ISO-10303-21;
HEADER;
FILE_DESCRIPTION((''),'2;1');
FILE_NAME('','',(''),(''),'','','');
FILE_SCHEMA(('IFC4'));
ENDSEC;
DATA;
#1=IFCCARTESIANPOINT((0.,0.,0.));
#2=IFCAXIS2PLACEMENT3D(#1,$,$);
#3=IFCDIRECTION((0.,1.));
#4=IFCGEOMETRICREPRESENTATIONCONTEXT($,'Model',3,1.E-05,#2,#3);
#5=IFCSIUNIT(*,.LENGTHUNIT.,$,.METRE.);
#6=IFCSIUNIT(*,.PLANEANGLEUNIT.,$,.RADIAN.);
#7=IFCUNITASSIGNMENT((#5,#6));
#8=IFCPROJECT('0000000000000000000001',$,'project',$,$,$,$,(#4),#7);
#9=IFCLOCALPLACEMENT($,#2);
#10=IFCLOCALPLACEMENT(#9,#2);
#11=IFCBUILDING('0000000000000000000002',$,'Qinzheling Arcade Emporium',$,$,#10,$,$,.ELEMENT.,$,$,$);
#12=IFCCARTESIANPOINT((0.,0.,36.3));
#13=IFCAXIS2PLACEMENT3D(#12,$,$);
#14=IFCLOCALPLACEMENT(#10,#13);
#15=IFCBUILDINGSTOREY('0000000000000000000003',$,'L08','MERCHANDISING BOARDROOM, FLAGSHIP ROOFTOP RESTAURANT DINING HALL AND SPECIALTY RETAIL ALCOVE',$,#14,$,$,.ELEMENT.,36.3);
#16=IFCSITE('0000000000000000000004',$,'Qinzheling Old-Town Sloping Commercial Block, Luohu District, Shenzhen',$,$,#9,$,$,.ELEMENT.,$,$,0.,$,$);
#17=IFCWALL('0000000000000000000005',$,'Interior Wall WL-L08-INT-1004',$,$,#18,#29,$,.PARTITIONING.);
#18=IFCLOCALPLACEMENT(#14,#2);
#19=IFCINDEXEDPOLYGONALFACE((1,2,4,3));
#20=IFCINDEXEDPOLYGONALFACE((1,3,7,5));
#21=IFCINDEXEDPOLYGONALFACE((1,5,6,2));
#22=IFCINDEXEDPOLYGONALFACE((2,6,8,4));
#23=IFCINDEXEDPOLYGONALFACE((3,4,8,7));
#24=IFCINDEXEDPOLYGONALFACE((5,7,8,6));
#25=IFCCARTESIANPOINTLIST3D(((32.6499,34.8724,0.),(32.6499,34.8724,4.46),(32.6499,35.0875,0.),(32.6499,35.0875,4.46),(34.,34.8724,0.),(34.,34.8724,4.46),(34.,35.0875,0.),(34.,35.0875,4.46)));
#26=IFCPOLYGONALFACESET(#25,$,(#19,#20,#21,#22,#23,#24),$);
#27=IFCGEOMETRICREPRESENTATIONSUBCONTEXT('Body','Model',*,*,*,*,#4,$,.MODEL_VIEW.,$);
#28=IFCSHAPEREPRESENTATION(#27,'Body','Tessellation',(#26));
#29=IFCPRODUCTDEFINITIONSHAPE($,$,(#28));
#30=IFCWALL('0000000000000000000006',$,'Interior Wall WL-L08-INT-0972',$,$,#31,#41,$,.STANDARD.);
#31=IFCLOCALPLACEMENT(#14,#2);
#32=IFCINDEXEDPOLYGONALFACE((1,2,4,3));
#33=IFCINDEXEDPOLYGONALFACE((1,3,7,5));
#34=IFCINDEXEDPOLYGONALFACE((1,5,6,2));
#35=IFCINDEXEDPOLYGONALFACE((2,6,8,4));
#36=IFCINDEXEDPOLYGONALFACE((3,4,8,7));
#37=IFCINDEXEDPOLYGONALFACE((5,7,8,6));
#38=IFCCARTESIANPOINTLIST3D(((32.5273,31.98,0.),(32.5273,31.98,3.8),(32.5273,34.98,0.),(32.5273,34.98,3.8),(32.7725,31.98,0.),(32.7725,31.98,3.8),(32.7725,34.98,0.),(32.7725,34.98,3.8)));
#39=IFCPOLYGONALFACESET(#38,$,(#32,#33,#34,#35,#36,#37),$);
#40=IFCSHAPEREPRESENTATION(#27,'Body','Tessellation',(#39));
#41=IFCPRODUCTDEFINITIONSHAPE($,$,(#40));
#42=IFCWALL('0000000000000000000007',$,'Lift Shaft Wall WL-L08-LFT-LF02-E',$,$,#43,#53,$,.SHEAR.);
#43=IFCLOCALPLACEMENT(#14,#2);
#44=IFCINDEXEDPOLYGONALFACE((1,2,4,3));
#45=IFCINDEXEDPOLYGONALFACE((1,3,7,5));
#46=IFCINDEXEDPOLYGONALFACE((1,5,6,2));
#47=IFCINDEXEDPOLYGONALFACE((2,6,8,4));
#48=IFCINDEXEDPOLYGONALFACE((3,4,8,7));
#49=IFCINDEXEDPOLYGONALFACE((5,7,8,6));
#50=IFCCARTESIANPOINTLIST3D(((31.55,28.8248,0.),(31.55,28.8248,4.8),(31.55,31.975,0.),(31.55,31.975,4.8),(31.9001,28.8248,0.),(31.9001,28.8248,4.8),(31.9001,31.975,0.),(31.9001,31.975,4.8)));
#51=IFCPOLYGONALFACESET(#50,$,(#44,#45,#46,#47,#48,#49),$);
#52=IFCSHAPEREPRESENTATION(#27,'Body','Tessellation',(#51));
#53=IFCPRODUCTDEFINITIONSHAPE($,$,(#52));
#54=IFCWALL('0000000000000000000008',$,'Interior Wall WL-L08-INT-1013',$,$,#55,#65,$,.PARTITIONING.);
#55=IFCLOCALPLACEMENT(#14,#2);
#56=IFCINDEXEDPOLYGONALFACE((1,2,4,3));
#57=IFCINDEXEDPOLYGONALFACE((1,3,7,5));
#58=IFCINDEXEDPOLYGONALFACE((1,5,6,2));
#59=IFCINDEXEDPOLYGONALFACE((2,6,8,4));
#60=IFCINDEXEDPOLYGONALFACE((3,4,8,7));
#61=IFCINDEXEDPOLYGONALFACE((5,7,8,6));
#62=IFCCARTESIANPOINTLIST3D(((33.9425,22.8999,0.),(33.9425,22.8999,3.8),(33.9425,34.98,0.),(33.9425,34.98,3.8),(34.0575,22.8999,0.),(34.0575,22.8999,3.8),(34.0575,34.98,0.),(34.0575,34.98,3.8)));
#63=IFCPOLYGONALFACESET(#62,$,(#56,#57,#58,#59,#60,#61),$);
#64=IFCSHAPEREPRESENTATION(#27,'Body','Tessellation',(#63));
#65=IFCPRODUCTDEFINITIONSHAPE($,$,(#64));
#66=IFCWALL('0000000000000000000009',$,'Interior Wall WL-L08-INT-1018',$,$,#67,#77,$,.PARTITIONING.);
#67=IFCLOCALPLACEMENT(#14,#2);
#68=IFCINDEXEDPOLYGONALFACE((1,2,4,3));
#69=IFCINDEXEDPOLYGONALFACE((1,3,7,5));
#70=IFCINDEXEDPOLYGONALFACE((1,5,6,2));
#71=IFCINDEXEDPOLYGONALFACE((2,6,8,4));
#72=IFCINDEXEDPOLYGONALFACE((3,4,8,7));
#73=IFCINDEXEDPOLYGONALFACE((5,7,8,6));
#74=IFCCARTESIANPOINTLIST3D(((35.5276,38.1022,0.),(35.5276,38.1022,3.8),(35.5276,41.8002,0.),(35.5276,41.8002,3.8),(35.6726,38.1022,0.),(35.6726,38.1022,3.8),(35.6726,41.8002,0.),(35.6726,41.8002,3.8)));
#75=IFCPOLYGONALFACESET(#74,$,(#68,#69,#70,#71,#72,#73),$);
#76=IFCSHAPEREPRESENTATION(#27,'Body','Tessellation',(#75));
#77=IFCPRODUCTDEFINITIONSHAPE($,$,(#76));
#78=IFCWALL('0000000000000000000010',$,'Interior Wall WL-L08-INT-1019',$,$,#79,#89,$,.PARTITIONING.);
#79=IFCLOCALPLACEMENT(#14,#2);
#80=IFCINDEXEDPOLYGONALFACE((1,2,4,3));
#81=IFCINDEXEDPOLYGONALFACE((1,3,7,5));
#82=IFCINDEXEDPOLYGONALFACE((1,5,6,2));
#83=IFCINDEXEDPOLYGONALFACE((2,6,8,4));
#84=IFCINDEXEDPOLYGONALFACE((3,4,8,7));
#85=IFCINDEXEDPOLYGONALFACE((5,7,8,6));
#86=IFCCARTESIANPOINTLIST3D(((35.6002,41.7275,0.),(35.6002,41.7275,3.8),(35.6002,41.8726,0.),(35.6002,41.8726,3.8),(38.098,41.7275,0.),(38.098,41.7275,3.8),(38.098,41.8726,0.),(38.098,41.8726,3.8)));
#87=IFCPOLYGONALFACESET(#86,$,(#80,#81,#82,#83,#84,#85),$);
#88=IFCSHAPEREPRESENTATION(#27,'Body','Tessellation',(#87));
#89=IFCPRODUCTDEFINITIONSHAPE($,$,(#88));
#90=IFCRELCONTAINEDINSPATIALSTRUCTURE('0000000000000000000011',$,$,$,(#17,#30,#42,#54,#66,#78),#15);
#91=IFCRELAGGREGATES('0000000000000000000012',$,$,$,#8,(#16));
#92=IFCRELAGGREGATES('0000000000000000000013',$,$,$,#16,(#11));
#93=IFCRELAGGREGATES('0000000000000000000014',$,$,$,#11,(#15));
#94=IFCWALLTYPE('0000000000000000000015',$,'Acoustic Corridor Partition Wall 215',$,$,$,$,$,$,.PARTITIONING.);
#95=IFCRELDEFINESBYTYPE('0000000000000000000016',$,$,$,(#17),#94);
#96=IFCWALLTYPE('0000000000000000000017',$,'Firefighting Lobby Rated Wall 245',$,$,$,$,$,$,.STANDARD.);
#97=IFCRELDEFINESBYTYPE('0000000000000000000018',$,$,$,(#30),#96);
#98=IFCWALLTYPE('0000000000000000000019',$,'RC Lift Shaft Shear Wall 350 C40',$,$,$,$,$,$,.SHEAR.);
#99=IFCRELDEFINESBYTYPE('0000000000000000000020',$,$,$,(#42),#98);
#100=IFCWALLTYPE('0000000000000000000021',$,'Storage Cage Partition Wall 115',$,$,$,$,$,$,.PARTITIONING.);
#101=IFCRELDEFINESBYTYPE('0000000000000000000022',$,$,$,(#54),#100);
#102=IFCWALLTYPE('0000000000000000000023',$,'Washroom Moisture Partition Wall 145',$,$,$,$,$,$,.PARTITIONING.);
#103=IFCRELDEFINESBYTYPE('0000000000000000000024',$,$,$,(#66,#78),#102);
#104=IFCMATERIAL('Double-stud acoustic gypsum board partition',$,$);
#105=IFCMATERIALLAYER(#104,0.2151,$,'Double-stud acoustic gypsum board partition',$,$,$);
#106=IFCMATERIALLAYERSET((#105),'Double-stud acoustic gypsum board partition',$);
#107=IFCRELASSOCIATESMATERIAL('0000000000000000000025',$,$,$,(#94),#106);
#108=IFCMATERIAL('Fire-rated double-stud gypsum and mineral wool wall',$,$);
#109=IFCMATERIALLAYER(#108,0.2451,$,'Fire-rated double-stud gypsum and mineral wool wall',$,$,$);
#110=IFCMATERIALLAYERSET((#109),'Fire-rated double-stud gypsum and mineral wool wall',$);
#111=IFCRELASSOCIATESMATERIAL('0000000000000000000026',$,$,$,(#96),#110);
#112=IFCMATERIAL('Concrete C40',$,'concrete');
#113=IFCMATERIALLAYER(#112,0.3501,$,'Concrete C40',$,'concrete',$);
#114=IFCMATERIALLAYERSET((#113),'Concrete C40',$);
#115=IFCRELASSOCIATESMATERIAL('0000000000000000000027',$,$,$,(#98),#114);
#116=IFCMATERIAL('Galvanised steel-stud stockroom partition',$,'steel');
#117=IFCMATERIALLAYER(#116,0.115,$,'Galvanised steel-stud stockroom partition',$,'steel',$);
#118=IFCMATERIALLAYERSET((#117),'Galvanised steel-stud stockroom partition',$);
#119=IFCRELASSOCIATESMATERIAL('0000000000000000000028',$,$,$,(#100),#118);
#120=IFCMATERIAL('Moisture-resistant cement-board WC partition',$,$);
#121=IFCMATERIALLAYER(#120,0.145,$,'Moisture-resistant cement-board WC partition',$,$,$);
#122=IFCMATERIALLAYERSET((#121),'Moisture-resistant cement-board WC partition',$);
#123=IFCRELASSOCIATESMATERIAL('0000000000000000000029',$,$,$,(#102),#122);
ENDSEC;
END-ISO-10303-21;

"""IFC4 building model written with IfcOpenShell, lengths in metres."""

from ifc_helpers import new_model, si_unit, direction, frame, frame_2d, origin, place, context, subcontext, project, spatial, rectangle, extrude, material, layer, layer_set, type_object, element, save


model = new_model("IFC4")

# Units and contexts
model_context = context("Model", 3, precision=1e-05, world=origin(), true_north=direction((0.0, 1.0)))
body_context = subcontext(model_context, "Body", "Model", "MODEL_VIEW")
ifc_project = project(units=[si_unit("LENGTHUNIT", "METRE"), si_unit("PLANEANGLEUNIT", "RADIAN")], contexts=[model_context])

# Site, building, storey
site_placement = place(None, origin())
site = spatial("IfcSite", under=ifc_project, at=site_placement, Name="Qinzheling Old-Town Sloping Commercial Block, Luohu District, Shenzhen", CompositionType="ELEMENT", RefElevation=0.0)
building_placement = place(site_placement, origin())
building = spatial("IfcBuilding", under=site, at=building_placement, Name="Qinzheling Arcade Emporium", CompositionType="ELEMENT")
storey_placement = place(building_placement, frame((0.0, 0.0, 36.3)))
storey = spatial("IfcBuildingStorey", under=building, at=storey_placement, Name="L08", Description="MERCHANDISING BOARDROOM, FLAGSHIP ROOFTOP RESTAURANT DINING HALL AND SPECIALTY RETAIL ALCOVE", CompositionType="ELEMENT", Elevation=36.3)

# Shared definitions
ifc_material_1 = material(Name="Concrete C40", Category="concrete")

# Walls
ifc_material_2 = material(Name="Double-stud acoustic gypsum board partition")
ifc_layer_1 = layer(ifc_material_2, 0.2151, Name="Double-stud acoustic gypsum board partition")
ifc_layer_set_1 = layer_set([ifc_layer_1], Name="Double-stud acoustic gypsum board partition")
wall_type_1 = type_object("IfcWallType", Name="Acoustic Corridor Partition Wall 215", PredefinedType="PARTITIONING", material=ifc_layer_set_1)
wall_1_placement = place(storey_placement, frame((34.0, 34.98, 0.0), z_axis=(0.0, 0.0, 1.0), x_axis=(-1.0, 0.0, 0.0)))
element("IfcWall", 1, at=wall_1_placement, inside=storey, type_object=wall_type_1, Name="Interior Wall WL-L08-INT-1004", PredefinedType="PARTITIONING", context=body_context, shape_type="SweptSolid", body=[
    extrude(rectangle(XDim=1.3501, YDim=0.2151, at=frame_2d((0.675, 0.0))), origin(), (0.0, 0.0, 1.0), 4.46),
])
ifc_material_3 = material(Name="Fire-rated double-stud gypsum and mineral wool wall")
ifc_layer_2 = layer(ifc_material_3, 0.2451, Name="Fire-rated double-stud gypsum and mineral wool wall")
ifc_layer_set_2 = layer_set([ifc_layer_2], Name="Fire-rated double-stud gypsum and mineral wool wall")
wall_type_2 = type_object("IfcWallType", Name="Firefighting Lobby Rated Wall 245", PredefinedType="STANDARD", material=ifc_layer_set_2)
wall_2_placement = place(storey_placement, frame((32.6499, 34.98, 0.0), z_axis=(0.0, 0.0, 1.0), x_axis=(0.0, -1.0, 0.0)))
element("IfcWall", 2, at=wall_2_placement, inside=storey, type_object=wall_type_2, Name="Interior Wall WL-L08-INT-0972", PredefinedType="STANDARD", context=body_context, shape_type="SweptSolid", body=[
    extrude(rectangle(XDim=3.0, YDim=0.2451, at=frame_2d((1.5, 0.0))), origin(), (0.0, 0.0, 1.0), 3.8),
])
ifc_layer_3 = layer(ifc_material_1, 0.3501, Name="Concrete C40", Category="concrete")
ifc_layer_set_3 = layer_set([ifc_layer_3], Name="Concrete C40")
wall_type_3 = type_object("IfcWallType", Name="RC Lift Shaft Shear Wall 350 C40", PredefinedType="SHEAR", material=ifc_layer_set_3)
wall_3_placement = place(storey_placement, frame((31.7251, 31.9751, 0.0), z_axis=(0.0, 0.0, 1.0), x_axis=(0.0, -1.0, 0.0)))
element("IfcWall", 3, at=wall_3_placement, inside=storey, type_object=wall_type_3, Name="Lift Shaft Wall WL-L08-LFT-LF02-E", PredefinedType="SHEAR", context=body_context, shape_type="SweptSolid", body=[
    extrude(rectangle(XDim=3.1501, YDim=0.3501, at=frame_2d((1.5752, 0.0))), origin(), (0.0, 0.0, 1.0), 4.8),
])
ifc_material_4 = material(Name="Galvanised steel-stud stockroom partition", Category="steel")
ifc_layer_4 = layer(ifc_material_4, 0.115, Name="Galvanised steel-stud stockroom partition", Category="steel")
ifc_layer_set_4 = layer_set([ifc_layer_4], Name="Galvanised steel-stud stockroom partition")
wall_type_4 = type_object("IfcWallType", Name="Storage Cage Partition Wall 115", PredefinedType="PARTITIONING", material=ifc_layer_set_4)
wall_4_placement = place(storey_placement, frame((34.0, 34.98, 0.0), z_axis=(0.0, 0.0, 1.0), x_axis=(0.0, -1.0, 0.0)))
element("IfcWall", 4, at=wall_4_placement, inside=storey, type_object=wall_type_4, Name="Interior Wall WL-L08-INT-1013", PredefinedType="PARTITIONING", context=body_context, shape_type="SweptSolid", body=[
    extrude(rectangle(XDim=12.0801, YDim=0.115, at=frame_2d((6.04, 0.0))), origin(), (0.0, 0.0, 1.0), 3.8),
])
ifc_material_5 = material(Name="Moisture-resistant cement-board WC partition")
ifc_layer_5 = layer(ifc_material_5, 0.145, Name="Moisture-resistant cement-board WC partition")
ifc_layer_set_5 = layer_set([ifc_layer_5], Name="Moisture-resistant cement-board WC partition")
wall_type_5 = type_object("IfcWallType", Name="Washroom Moisture Partition Wall 145", PredefinedType="PARTITIONING", material=ifc_layer_set_5)
wall_5_placement = place(storey_placement, frame((35.6001, 38.1021, 0.0), z_axis=(0.0, 0.0, 1.0), x_axis=(0.0, 1.0, 0.0)))
element("IfcWall", 5, at=wall_5_placement, inside=storey, type_object=wall_type_5, Name="Interior Wall WL-L08-INT-1018", PredefinedType="PARTITIONING", context=body_context, shape_type="SweptSolid", body=[
    extrude(rectangle(XDim=3.698, YDim=0.145, at=frame_2d((1.8491, 0.0))), origin(), (0.0, 0.0, 1.0), 3.8),
])
wall_6_placement = place(storey_placement, frame((35.6001, 41.8, 0.0), z_axis=(0.0, 0.0, 1.0), x_axis=(1.0, 0.0, 0.0)))
element("IfcWall", 6, at=wall_6_placement, inside=storey, type_object=wall_type_5, Name="Interior Wall WL-L08-INT-1019", PredefinedType="PARTITIONING", context=body_context, shape_type="SweptSolid", body=[
    extrude(rectangle(XDim=2.4978, YDim=0.145, at=frame_2d((1.249, 0.0))), origin(), (0.0, 0.0, 1.0), 3.8),
])

save(model, "model.ifc")
